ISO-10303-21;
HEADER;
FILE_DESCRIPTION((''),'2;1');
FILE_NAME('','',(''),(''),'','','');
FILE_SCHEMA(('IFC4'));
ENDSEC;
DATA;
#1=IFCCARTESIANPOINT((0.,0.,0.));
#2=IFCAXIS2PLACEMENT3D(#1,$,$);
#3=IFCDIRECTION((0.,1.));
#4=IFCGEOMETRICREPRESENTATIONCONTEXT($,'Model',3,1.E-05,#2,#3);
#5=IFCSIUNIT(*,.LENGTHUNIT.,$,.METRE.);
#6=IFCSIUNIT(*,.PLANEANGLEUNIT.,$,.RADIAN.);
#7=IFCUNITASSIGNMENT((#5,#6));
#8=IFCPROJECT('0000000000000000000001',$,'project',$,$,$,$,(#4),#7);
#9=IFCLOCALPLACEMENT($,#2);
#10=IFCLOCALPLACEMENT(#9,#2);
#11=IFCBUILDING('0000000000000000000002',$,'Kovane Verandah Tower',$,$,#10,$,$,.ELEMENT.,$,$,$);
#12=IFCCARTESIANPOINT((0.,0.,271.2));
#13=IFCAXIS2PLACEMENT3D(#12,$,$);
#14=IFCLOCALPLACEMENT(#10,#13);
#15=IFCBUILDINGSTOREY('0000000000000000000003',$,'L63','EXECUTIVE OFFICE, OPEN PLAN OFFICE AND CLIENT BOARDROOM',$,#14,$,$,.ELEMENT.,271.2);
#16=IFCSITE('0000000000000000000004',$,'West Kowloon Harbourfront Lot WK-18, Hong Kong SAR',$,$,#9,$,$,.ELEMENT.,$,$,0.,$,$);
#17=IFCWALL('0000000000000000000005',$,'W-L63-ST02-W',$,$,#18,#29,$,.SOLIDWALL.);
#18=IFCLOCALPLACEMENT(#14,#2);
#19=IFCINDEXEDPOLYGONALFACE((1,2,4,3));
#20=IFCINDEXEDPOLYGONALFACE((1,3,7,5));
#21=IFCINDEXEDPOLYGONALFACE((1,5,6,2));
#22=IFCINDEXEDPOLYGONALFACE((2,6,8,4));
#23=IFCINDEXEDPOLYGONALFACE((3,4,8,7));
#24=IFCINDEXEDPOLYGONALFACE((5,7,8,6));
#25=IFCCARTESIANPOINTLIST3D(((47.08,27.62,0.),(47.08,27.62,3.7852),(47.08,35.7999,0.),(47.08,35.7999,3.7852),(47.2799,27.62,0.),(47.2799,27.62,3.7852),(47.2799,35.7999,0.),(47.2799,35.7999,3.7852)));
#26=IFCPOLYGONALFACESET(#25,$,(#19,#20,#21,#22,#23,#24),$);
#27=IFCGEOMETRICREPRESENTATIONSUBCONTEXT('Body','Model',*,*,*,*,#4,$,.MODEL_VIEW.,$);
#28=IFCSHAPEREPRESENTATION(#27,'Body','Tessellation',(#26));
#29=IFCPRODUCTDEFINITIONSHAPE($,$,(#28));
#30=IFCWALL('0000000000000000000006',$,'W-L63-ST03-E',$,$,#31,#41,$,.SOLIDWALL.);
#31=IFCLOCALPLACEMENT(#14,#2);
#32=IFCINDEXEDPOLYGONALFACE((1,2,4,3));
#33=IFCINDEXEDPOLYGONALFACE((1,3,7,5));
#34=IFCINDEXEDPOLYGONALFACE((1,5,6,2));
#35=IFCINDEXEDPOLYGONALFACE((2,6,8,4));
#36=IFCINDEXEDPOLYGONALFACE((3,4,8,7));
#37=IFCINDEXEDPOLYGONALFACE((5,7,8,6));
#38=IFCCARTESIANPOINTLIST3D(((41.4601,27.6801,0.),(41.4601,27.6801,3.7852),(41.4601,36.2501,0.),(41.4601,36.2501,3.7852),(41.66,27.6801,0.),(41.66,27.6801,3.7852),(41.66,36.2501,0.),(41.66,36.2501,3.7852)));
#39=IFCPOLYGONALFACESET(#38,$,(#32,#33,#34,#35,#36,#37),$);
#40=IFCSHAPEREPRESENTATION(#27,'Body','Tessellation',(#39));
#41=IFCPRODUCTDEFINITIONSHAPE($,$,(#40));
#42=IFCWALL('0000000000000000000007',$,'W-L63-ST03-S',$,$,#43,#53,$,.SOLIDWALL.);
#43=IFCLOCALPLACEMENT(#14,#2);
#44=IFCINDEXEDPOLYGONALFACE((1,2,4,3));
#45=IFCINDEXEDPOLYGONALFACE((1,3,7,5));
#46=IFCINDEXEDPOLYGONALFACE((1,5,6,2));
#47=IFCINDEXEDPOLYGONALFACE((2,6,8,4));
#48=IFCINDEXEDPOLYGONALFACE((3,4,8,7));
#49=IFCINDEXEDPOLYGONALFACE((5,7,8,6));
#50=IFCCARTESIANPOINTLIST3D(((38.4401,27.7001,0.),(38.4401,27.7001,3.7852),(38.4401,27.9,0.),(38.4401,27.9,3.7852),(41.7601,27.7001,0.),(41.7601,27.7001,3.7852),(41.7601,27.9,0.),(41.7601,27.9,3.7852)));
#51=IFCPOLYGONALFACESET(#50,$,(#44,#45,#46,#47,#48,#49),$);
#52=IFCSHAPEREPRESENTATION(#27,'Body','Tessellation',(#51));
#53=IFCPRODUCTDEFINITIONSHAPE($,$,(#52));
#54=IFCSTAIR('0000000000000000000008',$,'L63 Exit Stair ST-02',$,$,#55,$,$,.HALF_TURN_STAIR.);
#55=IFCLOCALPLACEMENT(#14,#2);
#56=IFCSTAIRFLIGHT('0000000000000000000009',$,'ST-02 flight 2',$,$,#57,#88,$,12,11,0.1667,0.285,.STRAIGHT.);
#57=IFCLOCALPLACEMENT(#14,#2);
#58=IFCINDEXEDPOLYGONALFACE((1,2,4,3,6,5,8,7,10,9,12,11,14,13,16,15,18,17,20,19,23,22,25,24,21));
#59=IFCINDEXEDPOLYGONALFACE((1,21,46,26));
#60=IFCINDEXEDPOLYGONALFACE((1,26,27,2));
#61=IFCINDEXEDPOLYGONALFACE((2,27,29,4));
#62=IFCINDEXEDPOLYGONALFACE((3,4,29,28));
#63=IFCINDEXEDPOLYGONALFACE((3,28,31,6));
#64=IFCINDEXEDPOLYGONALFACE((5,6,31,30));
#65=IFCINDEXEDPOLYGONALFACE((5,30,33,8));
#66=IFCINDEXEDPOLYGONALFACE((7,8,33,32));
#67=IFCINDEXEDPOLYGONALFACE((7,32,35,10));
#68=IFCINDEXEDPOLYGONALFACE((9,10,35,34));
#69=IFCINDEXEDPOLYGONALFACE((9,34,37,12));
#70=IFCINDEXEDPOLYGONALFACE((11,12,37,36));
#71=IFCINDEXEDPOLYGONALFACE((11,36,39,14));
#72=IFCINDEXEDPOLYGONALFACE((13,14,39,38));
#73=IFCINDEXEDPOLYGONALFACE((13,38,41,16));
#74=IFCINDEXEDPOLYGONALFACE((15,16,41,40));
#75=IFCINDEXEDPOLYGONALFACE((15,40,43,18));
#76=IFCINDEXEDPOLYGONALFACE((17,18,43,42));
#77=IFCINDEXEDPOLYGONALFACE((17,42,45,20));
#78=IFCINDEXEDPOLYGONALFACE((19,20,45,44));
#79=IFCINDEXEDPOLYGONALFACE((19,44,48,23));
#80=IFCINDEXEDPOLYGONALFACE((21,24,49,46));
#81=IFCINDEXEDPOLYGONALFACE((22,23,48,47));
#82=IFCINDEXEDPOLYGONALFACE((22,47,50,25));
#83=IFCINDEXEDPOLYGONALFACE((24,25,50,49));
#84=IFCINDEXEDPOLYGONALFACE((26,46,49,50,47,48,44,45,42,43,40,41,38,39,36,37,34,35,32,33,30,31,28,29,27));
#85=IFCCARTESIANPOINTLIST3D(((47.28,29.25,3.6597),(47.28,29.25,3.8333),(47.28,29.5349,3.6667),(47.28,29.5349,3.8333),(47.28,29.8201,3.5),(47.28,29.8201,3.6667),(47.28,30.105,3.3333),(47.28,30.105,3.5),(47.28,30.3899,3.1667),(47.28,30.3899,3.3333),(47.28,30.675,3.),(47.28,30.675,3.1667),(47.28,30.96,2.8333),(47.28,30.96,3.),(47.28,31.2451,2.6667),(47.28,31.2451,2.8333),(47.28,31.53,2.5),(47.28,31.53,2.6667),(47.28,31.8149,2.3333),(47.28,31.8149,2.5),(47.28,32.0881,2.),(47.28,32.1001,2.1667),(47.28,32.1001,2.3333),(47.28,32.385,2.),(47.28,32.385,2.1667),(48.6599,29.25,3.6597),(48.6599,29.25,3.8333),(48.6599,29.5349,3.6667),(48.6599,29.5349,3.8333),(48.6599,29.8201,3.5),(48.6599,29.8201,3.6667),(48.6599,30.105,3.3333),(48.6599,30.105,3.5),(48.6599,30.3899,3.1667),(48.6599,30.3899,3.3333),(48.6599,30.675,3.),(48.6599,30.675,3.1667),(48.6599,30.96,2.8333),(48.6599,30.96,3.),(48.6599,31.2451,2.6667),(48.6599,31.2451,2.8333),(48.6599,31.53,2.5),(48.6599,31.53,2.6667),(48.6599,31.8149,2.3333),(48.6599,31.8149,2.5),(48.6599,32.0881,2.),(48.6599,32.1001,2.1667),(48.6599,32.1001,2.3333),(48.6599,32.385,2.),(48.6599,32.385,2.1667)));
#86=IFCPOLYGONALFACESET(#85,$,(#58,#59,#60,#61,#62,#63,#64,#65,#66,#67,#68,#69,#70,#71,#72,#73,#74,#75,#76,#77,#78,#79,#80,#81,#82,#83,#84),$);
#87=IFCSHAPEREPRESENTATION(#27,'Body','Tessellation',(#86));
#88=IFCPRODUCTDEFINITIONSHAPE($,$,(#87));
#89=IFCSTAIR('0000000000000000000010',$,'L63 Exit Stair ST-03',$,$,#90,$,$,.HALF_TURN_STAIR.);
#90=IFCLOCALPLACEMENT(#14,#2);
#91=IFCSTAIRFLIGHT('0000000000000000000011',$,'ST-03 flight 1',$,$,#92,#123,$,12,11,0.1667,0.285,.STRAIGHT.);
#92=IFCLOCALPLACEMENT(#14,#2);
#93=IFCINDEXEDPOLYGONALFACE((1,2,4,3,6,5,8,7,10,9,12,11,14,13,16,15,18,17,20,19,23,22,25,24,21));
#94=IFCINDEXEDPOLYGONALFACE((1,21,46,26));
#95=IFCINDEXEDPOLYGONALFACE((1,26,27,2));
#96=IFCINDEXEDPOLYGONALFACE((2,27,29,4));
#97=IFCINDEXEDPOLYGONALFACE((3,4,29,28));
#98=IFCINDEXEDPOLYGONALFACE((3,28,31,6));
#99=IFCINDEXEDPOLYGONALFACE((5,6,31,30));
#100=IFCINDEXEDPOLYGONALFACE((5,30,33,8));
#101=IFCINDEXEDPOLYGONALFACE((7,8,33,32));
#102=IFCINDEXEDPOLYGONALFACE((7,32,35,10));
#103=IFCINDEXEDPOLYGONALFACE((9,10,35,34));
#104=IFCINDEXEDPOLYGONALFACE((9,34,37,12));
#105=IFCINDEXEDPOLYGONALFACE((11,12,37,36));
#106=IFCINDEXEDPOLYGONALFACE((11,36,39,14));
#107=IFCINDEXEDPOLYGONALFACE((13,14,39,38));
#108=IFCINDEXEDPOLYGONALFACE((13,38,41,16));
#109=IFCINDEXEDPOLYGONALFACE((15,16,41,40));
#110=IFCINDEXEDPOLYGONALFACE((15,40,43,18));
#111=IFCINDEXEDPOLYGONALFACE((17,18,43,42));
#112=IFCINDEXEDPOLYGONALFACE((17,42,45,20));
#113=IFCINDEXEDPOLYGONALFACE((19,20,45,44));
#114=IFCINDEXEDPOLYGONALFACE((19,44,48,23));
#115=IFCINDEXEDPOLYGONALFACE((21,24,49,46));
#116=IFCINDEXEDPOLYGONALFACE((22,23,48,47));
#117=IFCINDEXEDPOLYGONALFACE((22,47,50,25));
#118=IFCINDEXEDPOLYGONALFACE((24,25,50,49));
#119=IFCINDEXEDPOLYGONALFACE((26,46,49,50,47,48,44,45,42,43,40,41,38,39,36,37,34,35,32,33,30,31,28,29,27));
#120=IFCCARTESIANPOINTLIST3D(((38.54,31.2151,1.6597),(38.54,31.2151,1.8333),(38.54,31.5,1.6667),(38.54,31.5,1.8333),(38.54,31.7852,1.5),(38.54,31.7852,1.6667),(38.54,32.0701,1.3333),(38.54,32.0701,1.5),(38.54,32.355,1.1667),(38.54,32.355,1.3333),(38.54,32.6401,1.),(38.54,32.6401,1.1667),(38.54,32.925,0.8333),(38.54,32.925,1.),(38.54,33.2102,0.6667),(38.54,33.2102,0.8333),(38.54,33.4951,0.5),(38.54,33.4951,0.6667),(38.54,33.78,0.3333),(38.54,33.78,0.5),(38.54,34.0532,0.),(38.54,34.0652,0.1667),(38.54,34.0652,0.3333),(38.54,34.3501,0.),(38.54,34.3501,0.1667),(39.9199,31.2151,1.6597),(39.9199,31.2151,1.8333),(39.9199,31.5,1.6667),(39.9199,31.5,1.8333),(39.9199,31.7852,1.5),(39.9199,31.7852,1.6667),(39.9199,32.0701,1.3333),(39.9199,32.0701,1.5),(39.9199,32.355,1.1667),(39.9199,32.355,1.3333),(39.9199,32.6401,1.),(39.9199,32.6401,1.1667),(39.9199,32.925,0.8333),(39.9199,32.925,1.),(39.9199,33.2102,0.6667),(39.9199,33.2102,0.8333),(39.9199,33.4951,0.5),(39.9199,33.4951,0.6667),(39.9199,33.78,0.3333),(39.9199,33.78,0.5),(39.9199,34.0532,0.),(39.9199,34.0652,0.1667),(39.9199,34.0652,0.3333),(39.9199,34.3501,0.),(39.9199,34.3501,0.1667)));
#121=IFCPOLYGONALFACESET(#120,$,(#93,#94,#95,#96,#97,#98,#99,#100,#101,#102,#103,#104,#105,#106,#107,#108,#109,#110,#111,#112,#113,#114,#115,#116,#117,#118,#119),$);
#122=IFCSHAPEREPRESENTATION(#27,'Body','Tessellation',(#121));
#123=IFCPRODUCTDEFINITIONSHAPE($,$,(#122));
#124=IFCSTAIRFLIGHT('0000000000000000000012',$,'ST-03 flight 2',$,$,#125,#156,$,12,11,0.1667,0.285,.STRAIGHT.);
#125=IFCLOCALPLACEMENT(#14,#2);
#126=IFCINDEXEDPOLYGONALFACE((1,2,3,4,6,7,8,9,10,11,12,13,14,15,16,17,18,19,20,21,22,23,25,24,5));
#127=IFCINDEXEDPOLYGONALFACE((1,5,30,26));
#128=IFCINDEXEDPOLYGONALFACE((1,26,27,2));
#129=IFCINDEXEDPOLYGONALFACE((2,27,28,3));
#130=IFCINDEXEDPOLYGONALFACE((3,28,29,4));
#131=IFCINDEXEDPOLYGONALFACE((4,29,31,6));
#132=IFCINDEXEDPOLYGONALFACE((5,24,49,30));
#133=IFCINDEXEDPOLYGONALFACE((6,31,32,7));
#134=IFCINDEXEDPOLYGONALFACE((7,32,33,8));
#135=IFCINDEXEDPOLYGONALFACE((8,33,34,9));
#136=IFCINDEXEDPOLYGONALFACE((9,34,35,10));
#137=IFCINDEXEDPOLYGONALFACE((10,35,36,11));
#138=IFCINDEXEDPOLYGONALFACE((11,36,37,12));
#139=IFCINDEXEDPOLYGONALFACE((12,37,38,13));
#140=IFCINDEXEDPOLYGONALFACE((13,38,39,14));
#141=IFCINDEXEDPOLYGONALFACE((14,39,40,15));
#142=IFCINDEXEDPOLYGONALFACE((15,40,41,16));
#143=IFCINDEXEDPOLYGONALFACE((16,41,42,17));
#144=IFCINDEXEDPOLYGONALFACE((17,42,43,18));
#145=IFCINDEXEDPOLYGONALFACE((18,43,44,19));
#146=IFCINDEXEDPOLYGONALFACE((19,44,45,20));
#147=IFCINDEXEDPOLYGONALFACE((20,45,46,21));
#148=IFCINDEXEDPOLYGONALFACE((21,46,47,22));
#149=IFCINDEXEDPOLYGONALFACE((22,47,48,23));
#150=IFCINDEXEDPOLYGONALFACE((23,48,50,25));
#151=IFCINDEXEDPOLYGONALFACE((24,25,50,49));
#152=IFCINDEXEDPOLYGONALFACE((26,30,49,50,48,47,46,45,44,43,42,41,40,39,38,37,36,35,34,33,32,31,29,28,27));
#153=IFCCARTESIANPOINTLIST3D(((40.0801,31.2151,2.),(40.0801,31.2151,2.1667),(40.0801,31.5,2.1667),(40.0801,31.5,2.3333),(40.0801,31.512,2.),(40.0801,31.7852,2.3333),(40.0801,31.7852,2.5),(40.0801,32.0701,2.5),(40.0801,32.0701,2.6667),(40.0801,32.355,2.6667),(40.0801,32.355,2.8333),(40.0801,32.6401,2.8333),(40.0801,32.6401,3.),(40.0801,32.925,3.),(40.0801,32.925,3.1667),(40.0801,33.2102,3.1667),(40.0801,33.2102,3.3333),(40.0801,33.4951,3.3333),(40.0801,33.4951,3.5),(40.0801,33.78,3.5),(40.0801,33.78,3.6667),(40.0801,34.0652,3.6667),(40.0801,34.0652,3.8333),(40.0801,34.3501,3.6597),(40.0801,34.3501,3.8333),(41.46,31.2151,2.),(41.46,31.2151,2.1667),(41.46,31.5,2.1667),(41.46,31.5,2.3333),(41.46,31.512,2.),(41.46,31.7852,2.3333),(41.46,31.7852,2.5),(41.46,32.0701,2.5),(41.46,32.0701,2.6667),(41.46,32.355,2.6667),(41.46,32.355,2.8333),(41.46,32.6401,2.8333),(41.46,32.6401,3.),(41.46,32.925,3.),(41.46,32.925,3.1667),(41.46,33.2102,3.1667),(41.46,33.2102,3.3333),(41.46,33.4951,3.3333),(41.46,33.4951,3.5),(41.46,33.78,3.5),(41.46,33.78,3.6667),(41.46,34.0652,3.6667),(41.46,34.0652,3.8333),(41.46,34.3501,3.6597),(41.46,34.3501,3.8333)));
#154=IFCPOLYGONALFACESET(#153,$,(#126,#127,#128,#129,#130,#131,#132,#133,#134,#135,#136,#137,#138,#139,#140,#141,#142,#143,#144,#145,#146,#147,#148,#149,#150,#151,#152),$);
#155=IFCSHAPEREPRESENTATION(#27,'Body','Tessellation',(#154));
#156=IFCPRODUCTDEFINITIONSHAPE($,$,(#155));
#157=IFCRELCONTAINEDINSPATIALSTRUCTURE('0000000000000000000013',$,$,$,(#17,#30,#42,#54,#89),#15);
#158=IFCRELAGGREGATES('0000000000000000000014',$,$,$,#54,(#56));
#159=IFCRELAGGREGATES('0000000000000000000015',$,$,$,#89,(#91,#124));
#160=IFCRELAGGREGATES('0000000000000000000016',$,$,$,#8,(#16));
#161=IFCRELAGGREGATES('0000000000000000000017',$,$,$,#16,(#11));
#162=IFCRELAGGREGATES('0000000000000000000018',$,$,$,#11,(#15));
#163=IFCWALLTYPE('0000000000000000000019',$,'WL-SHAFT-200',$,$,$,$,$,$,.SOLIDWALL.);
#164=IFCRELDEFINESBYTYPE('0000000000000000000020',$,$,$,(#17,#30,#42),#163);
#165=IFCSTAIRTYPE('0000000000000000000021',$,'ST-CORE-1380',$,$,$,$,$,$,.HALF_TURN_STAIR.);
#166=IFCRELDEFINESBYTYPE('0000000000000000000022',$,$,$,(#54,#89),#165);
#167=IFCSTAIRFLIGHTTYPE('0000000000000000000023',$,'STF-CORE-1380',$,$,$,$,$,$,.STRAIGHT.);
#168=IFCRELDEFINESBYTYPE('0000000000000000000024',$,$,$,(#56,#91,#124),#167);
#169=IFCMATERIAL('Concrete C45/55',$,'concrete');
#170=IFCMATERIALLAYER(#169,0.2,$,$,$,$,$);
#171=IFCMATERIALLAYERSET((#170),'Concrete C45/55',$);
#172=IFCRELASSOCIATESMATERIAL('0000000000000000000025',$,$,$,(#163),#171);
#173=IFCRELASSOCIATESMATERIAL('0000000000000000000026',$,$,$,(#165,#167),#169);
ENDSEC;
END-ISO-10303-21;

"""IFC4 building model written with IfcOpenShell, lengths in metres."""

from ifc_helpers import new_model, si_unit, direction, frame, frame_2d, origin, place, context, subcontext, project, spatial, polyline, rectangle, outline, extrude, material, layer, layer_set, type_object, element, aggregate, save


model = new_model("IFC4")

# Units and contexts
model_context = context("Model", 3, precision=1e-05, world=origin(), true_north=direction((0.0, 1.0)))
body_context = subcontext(model_context, "Body", "Model", "MODEL_VIEW")
ifc_project = project(units=[si_unit("LENGTHUNIT", "METRE"), si_unit("PLANEANGLEUNIT", "RADIAN")], contexts=[model_context])

# Site, building, storey
site_placement = place(None, origin())
site = spatial("IfcSite", under=ifc_project, at=site_placement, Name="West Kowloon Harbourfront Lot WK-18, Hong Kong SAR", CompositionType="ELEMENT", RefElevation=0.0)
building_placement = place(site_placement, origin())
building = spatial("IfcBuilding", under=site, at=building_placement, Name="Kovane Verandah Tower", CompositionType="ELEMENT")
storey_placement = place(building_placement, frame((0.0, 0.0, 271.2)))
storey = spatial("IfcBuildingStorey", under=building, at=storey_placement, Name="L63", Description="EXECUTIVE OFFICE, OPEN PLAN OFFICE AND CLIENT BOARDROOM", CompositionType="ELEMENT", Elevation=271.2)

# Wall
ifc_material_1 = material(Name="Concrete C45/55", Category="concrete")
ifc_layer_1 = layer(ifc_material_1, 0.2)
ifc_layer_set_1 = layer_set([ifc_layer_1], Name="Concrete C45/55")
wall_type_1 = type_object("IfcWallType", Name="WL-SHAFT-200", PredefinedType="SOLIDWALL", material=ifc_layer_set_1)
wall_1_placement = place(storey_placement, frame((47.1799, 27.6201, 0.0), z_axis=(0.0, 0.0, 1.0), x_axis=(0.0, 1.0, 0.0)))
element("IfcWall", 1, at=wall_1_placement, inside=storey, type_object=wall_type_1, Name="W-L63-ST02-W", PredefinedType="SOLIDWALL", context=body_context, shape_type="SweptSolid", body=[
    extrude(rectangle(XDim=8.1799, YDim=0.2, at=frame_2d((4.0898, 0.0))), origin(), (0.0, 0.0, 1.0), 3.7852),
])

# Walls
wall_2_placement = place(storey_placement, frame((41.5601, 27.6799, 0.0), z_axis=(0.0, 0.0, 1.0), x_axis=(0.0, 1.0, 0.0)))
element("IfcWall", 2, at=wall_2_placement, inside=storey, type_object=wall_type_1, Name="W-L63-ST03-E", PredefinedType="SOLIDWALL", context=body_context, shape_type="SweptSolid", body=[
    extrude(rectangle(XDim=8.5701, YDim=0.2, at=frame_2d((4.2852, 0.0))), origin(), (0.0, 0.0, 1.0), 3.7852),
])
wall_3_placement = place(storey_placement, frame((38.4399, 27.8, 0.0), z_axis=(0.0, 0.0, 1.0), x_axis=(1.0, 0.0, 0.0)))
element("IfcWall", 3, at=wall_3_placement, inside=storey, type_object=wall_type_1, Name="W-L63-ST03-S", PredefinedType="SOLIDWALL", context=body_context, shape_type="SweptSolid", body=[
    extrude(rectangle(XDim=3.3201, YDim=0.2, at=frame_2d((1.6602, 0.0))), origin(), (0.0, 0.0, 1.0), 3.7852),
])

# Stair, stair flight
stair_type = type_object("IfcStairType", Name="ST-CORE-1380", PredefinedType="HALF_TURN_STAIR", material=ifc_material_1)
stair_1_placement = place(storey_placement, origin())
stair_1 = element("IfcStair", 4, at=stair_1_placement, inside=storey, type_object=stair_type, Name="L63 Exit Stair ST-02", PredefinedType="HALF_TURN_STAIR")
stair_flight_type = type_object("IfcStairFlightType", Name="STF-CORE-1380", PredefinedType="STRAIGHT", material=ifc_material_1)
stair_flight_1_placement = place(storey_placement, frame((47.97, 32.385, 2.0), z_axis=(0.0, 0.0, 1.0), x_axis=(0.0, -1.0, 0.0)))
stair_flight_1 = element("IfcStairFlight", 5, at=stair_flight_1_placement, type_object=stair_flight_type, Name="ST-02 flight 2", NumberOfRisers=12, NumberOfTreads=11, PredefinedType="STRAIGHT", RiserHeight=0.1667, TreadLength=0.285, context=body_context, shape_type="SweptSolid", body=[
    extrude(outline(polyline([(0.0, 0.0), (0.0, 0.1667), (0.2849, 0.1667), (0.2849, 0.3333), (0.5701, 0.3333), (0.5701, 0.5), (0.855, 0.5), (0.855, 0.6667), (1.1399, 0.6667), (1.1399, 0.8333), (1.425, 0.8333), (1.425, 1.0), (1.71, 1.0), (1.71, 1.1667), (1.9951, 1.1667), (1.9951, 1.3333), (2.28, 1.3333), (2.28, 1.5), (2.5649, 1.5), (2.5649, 1.6667), (2.8501, 1.6667), (2.8501, 1.8333), (3.135, 1.8333), (3.135, 2.0), (3.135, 1.6597), (0.2969, 0.0), (0.0, 0.0)])), frame((0.0, 0.6899, 0.0), z_axis=(0.0, -1.0, 0.0), x_axis=(1.0, 0.0, 0.0)), (0.0, 0.0, 1.0), 1.3799),
])
aggregate(stair_1, [stair_flight_1])

# Stair, stair flights
stair_2_placement = place(storey_placement, origin())
stair_2 = element("IfcStair", 6, at=stair_2_placement, inside=storey, type_object=stair_type, Name="L63 Exit Stair ST-03", PredefinedType="HALF_TURN_STAIR")
stair_flight_2_placement = place(storey_placement, frame((39.23, 34.3501, 0.0), z_axis=(0.0, 0.0, 1.0), x_axis=(0.0, -1.0, 0.0)))
stair_flight_2 = element("IfcStairFlight", 7, at=stair_flight_2_placement, type_object=stair_flight_type, Name="ST-03 flight 1", NumberOfRisers=12, NumberOfTreads=11, PredefinedType="STRAIGHT", RiserHeight=0.1667, TreadLength=0.285, context=body_context, shape_type="SweptSolid", body=[
    extrude(outline(polyline([(0.0, 0.0), (0.0, 0.1667), (0.2849, 0.1667), (0.2849, 0.3333), (0.5701, 0.3333), (0.5701, 0.5), (0.855, 0.5), (0.855, 0.6667), (1.1399, 0.6667), (1.1399, 0.8333), (1.425, 0.8333), (1.425, 1.0), (1.71, 1.0), (1.71, 1.1667), (1.9951, 1.1667), (1.9951, 1.3333), (2.28, 1.3333), (2.28, 1.5), (2.5649, 1.5), (2.5649, 1.6667), (2.8501, 1.6667), (2.8501, 1.8333), (3.135, 1.8333), (3.135, 2.0), (3.135, 1.6597), (0.2969, 0.0), (0.0, 0.0)])), frame((0.0, 0.6899, 0.0), z_axis=(0.0, -1.0, 0.0), x_axis=(1.0, 0.0, 0.0)), (0.0, 0.0, 1.0), 1.3799),
])
stair_flight_3_placement = place(storey_placement, frame((40.77, 31.2151, 2.0), z_axis=(0.0, 0.0, 1.0), x_axis=(0.0, 1.0, 0.0)))
stair_flight_3 = element("IfcStairFlight", 8, at=stair_flight_3_placement, type_object=stair_flight_type, Name="ST-03 flight 2", NumberOfRisers=12, NumberOfTreads=11, PredefinedType="STRAIGHT", RiserHeight=0.1667, TreadLength=0.285, context=body_context, shape_type="SweptSolid", body=[
    extrude(outline(polyline([(0.0, 0.0), (0.0, 0.1667), (0.2849, 0.1667), (0.2849, 0.3333), (0.5701, 0.3333), (0.5701, 0.5), (0.855, 0.5), (0.855, 0.6667), (1.1399, 0.6667), (1.1399, 0.8333), (1.425, 0.8333), (1.425, 1.0), (1.71, 1.0), (1.71, 1.1667), (1.9951, 1.1667), (1.9951, 1.3333), (2.28, 1.3333), (2.28, 1.5), (2.5649, 1.5), (2.5649, 1.6667), (2.8501, 1.6667), (2.8501, 1.8333), (3.135, 1.8333), (3.135, 2.0), (3.135, 1.6597), (0.2969, 0.0), (0.0, 0.0)])), frame((0.0, 0.6899, 0.0), z_axis=(0.0, -1.0, 0.0), x_axis=(1.0, 0.0, 0.0)), (0.0, 0.0, 1.0), 1.3799),
])
aggregate(stair_2, [stair_flight_2, stair_flight_3])

save(model, "model.ifc")
